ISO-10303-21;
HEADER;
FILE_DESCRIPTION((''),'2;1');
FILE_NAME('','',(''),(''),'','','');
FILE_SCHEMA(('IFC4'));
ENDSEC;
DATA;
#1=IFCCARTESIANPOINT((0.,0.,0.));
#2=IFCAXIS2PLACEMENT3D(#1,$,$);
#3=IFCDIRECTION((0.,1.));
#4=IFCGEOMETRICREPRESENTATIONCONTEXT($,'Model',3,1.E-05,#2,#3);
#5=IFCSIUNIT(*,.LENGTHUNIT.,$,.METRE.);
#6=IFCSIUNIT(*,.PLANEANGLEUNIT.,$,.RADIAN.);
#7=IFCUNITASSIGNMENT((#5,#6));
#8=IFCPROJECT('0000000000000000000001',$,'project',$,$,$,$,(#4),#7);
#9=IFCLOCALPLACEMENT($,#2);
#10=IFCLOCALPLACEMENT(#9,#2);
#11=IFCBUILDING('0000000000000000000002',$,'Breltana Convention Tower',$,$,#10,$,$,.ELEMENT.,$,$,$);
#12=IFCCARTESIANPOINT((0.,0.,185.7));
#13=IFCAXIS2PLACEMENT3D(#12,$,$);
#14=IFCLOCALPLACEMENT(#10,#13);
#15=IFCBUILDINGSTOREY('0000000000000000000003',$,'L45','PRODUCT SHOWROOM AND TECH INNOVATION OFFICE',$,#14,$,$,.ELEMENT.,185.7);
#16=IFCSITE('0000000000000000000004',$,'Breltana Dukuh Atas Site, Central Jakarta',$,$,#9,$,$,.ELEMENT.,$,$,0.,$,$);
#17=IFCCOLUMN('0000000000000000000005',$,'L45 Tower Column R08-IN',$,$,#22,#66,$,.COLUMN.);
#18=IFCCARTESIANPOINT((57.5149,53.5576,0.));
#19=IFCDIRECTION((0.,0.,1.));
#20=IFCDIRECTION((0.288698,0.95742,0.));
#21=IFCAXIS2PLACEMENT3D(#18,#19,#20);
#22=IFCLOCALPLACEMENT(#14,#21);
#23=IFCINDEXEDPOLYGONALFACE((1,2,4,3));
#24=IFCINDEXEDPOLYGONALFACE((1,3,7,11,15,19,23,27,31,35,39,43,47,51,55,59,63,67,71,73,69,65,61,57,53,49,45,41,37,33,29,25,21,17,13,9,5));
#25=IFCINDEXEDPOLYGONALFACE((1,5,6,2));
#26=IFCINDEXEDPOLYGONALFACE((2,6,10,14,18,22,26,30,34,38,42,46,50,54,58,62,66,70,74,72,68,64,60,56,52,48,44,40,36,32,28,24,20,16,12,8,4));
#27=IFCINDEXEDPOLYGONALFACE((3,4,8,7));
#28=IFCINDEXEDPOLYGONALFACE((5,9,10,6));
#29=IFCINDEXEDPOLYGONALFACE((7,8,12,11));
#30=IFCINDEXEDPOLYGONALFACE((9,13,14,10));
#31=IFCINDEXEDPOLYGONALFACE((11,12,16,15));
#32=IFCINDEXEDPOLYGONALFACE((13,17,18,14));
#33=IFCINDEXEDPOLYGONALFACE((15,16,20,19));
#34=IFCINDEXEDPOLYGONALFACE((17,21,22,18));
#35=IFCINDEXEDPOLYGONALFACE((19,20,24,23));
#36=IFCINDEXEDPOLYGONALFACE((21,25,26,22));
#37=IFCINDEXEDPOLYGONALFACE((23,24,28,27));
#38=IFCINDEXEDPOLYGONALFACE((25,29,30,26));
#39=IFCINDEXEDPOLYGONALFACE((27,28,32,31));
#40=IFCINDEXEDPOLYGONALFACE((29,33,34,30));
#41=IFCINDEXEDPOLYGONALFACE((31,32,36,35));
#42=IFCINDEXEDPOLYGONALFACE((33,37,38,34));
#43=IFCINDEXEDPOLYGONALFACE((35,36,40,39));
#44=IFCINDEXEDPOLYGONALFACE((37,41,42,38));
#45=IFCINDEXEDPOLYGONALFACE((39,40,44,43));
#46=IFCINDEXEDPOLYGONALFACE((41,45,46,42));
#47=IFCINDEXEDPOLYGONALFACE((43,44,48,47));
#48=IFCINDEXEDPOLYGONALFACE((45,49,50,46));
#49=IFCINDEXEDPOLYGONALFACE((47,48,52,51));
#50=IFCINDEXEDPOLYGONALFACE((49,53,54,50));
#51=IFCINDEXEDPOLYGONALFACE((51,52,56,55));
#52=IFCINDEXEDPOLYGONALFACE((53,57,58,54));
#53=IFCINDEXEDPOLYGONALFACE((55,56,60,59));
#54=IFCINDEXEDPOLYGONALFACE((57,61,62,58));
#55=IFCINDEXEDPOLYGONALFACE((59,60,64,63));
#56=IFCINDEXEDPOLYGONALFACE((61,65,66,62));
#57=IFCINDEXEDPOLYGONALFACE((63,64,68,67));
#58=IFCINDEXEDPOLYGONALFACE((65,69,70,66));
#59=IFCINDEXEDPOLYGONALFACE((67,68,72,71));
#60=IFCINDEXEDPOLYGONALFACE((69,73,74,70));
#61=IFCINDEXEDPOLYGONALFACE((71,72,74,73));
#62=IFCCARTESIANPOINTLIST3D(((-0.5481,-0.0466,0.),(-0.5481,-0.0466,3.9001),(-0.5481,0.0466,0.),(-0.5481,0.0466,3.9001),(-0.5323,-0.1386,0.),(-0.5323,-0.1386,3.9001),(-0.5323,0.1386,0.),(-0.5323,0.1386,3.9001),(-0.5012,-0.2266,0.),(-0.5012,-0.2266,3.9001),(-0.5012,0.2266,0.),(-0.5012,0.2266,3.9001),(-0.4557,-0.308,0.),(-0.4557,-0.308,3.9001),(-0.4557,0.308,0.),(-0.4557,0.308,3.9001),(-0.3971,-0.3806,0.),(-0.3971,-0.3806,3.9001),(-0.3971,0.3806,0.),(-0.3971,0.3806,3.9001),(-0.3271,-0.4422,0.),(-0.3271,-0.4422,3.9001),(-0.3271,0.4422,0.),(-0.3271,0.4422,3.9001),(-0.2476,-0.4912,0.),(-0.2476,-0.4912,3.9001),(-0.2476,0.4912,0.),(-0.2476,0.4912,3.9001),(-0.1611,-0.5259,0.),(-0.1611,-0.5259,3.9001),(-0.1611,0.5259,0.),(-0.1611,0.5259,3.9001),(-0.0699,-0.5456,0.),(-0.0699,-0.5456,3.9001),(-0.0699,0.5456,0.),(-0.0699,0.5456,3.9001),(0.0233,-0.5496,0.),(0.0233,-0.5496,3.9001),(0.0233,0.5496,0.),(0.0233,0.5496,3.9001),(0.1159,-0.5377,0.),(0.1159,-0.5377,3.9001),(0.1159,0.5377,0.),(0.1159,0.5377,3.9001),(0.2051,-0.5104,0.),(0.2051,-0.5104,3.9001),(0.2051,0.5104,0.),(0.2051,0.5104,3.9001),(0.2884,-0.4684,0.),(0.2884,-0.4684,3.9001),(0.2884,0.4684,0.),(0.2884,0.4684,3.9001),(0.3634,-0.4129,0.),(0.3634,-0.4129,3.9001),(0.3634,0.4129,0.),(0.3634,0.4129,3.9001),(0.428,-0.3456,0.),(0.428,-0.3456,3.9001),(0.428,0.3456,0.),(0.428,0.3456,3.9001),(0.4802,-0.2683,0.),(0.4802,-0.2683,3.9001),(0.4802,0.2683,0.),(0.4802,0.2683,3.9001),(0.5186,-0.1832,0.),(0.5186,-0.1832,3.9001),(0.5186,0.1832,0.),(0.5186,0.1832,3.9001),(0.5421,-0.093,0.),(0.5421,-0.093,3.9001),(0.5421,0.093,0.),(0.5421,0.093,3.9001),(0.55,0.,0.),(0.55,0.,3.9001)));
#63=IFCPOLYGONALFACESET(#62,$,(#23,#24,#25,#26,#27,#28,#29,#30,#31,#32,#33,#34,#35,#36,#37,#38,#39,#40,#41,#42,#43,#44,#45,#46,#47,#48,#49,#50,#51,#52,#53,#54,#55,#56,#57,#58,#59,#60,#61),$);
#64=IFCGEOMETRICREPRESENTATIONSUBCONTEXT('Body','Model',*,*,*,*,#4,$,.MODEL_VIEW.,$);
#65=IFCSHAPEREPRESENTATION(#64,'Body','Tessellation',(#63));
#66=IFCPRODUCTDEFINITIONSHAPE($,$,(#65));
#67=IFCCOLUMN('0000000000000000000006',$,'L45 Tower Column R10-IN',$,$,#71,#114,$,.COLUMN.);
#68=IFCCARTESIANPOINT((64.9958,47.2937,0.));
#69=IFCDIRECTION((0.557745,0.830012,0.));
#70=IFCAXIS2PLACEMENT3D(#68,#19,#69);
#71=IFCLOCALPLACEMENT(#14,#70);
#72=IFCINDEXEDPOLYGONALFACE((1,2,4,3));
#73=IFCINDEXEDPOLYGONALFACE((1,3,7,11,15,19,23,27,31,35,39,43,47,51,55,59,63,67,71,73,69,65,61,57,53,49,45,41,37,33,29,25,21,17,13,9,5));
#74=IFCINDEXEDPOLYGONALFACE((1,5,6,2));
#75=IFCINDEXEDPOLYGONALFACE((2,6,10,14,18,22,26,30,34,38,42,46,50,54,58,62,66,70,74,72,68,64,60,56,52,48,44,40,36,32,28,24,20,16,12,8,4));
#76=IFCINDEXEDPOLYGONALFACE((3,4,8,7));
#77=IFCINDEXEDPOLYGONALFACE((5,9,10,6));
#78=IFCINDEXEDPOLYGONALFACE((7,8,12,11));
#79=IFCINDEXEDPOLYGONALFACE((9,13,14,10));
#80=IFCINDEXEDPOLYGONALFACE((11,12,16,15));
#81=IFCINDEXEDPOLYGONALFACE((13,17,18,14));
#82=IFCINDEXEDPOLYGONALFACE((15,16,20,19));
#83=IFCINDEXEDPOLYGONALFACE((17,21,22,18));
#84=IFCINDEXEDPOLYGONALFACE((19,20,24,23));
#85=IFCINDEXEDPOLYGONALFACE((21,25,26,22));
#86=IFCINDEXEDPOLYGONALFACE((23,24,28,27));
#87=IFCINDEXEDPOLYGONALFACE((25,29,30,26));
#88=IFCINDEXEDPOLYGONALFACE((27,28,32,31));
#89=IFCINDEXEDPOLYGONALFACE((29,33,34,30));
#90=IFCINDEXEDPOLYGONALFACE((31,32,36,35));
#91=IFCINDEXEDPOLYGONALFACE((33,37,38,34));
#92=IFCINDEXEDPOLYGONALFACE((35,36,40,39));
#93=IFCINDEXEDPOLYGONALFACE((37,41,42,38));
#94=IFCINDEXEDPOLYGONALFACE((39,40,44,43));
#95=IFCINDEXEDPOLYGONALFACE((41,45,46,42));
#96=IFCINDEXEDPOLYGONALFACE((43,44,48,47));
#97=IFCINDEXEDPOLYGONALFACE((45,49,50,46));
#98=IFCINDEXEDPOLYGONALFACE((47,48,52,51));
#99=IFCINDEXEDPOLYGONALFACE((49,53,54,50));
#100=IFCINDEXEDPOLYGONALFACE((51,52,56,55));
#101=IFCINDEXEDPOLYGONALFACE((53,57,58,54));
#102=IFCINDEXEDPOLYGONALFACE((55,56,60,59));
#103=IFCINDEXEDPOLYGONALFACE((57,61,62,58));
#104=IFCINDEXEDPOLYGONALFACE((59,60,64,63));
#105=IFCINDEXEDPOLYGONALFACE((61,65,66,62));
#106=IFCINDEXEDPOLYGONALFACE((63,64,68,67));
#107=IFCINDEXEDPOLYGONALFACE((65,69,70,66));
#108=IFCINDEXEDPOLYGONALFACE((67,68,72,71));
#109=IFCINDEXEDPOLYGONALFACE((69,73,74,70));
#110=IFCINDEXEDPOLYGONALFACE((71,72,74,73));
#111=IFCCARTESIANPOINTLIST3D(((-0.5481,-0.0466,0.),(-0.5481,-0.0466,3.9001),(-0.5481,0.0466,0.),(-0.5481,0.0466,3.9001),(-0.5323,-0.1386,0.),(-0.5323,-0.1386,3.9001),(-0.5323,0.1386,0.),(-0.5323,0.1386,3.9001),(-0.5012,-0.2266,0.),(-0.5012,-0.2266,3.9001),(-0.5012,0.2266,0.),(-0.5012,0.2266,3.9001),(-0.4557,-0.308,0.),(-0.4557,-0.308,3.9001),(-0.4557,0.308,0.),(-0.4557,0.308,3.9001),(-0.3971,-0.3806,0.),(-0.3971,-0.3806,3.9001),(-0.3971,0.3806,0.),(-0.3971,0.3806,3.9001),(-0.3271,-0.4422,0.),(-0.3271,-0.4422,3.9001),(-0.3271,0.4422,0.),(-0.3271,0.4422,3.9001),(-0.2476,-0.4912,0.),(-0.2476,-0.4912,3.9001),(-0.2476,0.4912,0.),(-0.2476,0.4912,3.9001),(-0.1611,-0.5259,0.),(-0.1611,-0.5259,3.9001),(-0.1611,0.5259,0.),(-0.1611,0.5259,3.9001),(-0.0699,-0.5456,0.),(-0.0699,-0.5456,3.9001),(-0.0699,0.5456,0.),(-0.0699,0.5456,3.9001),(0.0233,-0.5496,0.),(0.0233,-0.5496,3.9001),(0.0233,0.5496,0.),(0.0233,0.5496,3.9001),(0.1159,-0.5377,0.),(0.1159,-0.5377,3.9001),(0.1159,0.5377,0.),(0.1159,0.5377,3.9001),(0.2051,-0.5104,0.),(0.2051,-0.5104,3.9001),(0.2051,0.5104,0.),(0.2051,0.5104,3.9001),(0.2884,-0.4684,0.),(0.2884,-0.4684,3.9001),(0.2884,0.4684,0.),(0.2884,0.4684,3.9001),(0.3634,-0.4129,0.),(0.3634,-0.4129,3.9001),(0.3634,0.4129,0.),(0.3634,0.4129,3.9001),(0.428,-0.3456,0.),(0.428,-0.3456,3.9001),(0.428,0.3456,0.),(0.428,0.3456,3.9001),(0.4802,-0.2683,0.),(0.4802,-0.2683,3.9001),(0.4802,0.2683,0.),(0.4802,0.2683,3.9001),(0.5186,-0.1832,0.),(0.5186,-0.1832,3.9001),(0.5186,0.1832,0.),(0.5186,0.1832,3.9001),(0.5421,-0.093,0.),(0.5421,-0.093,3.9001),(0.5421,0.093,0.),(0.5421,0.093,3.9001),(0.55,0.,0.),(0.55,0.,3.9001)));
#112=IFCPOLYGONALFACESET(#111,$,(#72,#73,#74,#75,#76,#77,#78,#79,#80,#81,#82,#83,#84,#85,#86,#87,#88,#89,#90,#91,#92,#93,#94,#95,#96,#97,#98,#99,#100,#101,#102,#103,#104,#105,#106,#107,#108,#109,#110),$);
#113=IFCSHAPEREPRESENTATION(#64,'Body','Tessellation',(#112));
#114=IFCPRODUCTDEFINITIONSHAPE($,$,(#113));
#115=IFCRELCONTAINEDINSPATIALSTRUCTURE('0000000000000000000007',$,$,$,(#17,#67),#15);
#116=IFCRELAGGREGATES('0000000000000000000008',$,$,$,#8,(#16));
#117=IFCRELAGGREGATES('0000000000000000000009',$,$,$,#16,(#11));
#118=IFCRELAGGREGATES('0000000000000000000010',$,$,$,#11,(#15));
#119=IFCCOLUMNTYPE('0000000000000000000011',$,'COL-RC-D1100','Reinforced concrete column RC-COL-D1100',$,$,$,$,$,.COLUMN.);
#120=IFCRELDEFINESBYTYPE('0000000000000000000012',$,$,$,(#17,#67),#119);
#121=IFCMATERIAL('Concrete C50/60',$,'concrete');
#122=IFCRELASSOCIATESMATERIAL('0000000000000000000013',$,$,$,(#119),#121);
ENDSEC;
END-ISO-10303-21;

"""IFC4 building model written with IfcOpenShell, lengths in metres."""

from ifc_helpers import new_model, si_unit, direction, frame, origin, origin_2d, place, context, subcontext, project, spatial, circle, extrude, source, transform, mapped, material, material_profile, profile_set, type_object, element, save


model = new_model("IFC4")

# Units and contexts
model_context = context("Model", 3, precision=1e-05, world=origin(), true_north=direction((0.0, 1.0)))
body_context = subcontext(model_context, "Body", "Model", "MODEL_VIEW")
ifc_project = project(units=[si_unit("LENGTHUNIT", "METRE"), si_unit("PLANEANGLEUNIT", "RADIAN")], contexts=[model_context])

# Site, building, storey
site_placement = place(None, origin())
site = spatial("IfcSite", under=ifc_project, at=site_placement, Name="Breltana Dukuh Atas Site, Central Jakarta", CompositionType="ELEMENT", RefElevation=0.0)
building_placement = place(site_placement, origin())
building = spatial("IfcBuilding", under=site, at=building_placement, Name="Breltana Convention Tower", CompositionType="ELEMENT")
storey_placement = place(building_placement, frame((0.0, 0.0, 185.7)))
storey = spatial("IfcBuildingStorey", under=building, at=storey_placement, Name="L45", Description="PRODUCT SHOWROOM AND TECH INNOVATION OFFICE", CompositionType="ELEMENT", Elevation=185.7)

# Columns
ifc_material_1 = material(Name="Concrete C50/60", Category="concrete")
ifc_material_profile_1 = material_profile(ifc_material_1, circle(Radius=0.55, at=origin_2d()), Name="RC-COL-D1100")
ifc_profile_set_1 = profile_set([ifc_material_profile_1], Name="Concrete C50/60")
column_type = type_object("IfcColumnType", Name="COL-RC-D1100", Description="Reinforced concrete column RC-COL-D1100", PredefinedType="COLUMN", material=ifc_profile_set_1)
shared_shape_1 = source(origin(), body_context, "Body", "SweptSolid", [
    extrude(circle(Radius=0.55, at=origin_2d()), origin(), (0.0, 0.0, 1.0), 3.9001),
])
for number, where, z_axis, x_axis, name in (
    (1, (57.5149, 53.5576, 0.0), (0.0, 0.0, 1.0), (0.288698, 0.95742, 0.0), "L45 Tower Column R08-IN"),
    (2, (64.9958, 47.2937, 0.0), (0.0, 0.0, 1.0), (0.557745, 0.830012, 0.0), "L45 Tower Column R10-IN"),
):
    element("IfcColumn", number, at=place(storey_placement, frame(where, z_axis=z_axis, x_axis=x_axis)), inside=storey, type_object=column_type, Name=name, PredefinedType="COLUMN", context=body_context, shape_type="MappedRepresentation", body=[
        mapped(shared_shape_1, transform((0.0, 0.0, 0.0), scale=1.0)),
    ])

save(model, "model.ifc")
